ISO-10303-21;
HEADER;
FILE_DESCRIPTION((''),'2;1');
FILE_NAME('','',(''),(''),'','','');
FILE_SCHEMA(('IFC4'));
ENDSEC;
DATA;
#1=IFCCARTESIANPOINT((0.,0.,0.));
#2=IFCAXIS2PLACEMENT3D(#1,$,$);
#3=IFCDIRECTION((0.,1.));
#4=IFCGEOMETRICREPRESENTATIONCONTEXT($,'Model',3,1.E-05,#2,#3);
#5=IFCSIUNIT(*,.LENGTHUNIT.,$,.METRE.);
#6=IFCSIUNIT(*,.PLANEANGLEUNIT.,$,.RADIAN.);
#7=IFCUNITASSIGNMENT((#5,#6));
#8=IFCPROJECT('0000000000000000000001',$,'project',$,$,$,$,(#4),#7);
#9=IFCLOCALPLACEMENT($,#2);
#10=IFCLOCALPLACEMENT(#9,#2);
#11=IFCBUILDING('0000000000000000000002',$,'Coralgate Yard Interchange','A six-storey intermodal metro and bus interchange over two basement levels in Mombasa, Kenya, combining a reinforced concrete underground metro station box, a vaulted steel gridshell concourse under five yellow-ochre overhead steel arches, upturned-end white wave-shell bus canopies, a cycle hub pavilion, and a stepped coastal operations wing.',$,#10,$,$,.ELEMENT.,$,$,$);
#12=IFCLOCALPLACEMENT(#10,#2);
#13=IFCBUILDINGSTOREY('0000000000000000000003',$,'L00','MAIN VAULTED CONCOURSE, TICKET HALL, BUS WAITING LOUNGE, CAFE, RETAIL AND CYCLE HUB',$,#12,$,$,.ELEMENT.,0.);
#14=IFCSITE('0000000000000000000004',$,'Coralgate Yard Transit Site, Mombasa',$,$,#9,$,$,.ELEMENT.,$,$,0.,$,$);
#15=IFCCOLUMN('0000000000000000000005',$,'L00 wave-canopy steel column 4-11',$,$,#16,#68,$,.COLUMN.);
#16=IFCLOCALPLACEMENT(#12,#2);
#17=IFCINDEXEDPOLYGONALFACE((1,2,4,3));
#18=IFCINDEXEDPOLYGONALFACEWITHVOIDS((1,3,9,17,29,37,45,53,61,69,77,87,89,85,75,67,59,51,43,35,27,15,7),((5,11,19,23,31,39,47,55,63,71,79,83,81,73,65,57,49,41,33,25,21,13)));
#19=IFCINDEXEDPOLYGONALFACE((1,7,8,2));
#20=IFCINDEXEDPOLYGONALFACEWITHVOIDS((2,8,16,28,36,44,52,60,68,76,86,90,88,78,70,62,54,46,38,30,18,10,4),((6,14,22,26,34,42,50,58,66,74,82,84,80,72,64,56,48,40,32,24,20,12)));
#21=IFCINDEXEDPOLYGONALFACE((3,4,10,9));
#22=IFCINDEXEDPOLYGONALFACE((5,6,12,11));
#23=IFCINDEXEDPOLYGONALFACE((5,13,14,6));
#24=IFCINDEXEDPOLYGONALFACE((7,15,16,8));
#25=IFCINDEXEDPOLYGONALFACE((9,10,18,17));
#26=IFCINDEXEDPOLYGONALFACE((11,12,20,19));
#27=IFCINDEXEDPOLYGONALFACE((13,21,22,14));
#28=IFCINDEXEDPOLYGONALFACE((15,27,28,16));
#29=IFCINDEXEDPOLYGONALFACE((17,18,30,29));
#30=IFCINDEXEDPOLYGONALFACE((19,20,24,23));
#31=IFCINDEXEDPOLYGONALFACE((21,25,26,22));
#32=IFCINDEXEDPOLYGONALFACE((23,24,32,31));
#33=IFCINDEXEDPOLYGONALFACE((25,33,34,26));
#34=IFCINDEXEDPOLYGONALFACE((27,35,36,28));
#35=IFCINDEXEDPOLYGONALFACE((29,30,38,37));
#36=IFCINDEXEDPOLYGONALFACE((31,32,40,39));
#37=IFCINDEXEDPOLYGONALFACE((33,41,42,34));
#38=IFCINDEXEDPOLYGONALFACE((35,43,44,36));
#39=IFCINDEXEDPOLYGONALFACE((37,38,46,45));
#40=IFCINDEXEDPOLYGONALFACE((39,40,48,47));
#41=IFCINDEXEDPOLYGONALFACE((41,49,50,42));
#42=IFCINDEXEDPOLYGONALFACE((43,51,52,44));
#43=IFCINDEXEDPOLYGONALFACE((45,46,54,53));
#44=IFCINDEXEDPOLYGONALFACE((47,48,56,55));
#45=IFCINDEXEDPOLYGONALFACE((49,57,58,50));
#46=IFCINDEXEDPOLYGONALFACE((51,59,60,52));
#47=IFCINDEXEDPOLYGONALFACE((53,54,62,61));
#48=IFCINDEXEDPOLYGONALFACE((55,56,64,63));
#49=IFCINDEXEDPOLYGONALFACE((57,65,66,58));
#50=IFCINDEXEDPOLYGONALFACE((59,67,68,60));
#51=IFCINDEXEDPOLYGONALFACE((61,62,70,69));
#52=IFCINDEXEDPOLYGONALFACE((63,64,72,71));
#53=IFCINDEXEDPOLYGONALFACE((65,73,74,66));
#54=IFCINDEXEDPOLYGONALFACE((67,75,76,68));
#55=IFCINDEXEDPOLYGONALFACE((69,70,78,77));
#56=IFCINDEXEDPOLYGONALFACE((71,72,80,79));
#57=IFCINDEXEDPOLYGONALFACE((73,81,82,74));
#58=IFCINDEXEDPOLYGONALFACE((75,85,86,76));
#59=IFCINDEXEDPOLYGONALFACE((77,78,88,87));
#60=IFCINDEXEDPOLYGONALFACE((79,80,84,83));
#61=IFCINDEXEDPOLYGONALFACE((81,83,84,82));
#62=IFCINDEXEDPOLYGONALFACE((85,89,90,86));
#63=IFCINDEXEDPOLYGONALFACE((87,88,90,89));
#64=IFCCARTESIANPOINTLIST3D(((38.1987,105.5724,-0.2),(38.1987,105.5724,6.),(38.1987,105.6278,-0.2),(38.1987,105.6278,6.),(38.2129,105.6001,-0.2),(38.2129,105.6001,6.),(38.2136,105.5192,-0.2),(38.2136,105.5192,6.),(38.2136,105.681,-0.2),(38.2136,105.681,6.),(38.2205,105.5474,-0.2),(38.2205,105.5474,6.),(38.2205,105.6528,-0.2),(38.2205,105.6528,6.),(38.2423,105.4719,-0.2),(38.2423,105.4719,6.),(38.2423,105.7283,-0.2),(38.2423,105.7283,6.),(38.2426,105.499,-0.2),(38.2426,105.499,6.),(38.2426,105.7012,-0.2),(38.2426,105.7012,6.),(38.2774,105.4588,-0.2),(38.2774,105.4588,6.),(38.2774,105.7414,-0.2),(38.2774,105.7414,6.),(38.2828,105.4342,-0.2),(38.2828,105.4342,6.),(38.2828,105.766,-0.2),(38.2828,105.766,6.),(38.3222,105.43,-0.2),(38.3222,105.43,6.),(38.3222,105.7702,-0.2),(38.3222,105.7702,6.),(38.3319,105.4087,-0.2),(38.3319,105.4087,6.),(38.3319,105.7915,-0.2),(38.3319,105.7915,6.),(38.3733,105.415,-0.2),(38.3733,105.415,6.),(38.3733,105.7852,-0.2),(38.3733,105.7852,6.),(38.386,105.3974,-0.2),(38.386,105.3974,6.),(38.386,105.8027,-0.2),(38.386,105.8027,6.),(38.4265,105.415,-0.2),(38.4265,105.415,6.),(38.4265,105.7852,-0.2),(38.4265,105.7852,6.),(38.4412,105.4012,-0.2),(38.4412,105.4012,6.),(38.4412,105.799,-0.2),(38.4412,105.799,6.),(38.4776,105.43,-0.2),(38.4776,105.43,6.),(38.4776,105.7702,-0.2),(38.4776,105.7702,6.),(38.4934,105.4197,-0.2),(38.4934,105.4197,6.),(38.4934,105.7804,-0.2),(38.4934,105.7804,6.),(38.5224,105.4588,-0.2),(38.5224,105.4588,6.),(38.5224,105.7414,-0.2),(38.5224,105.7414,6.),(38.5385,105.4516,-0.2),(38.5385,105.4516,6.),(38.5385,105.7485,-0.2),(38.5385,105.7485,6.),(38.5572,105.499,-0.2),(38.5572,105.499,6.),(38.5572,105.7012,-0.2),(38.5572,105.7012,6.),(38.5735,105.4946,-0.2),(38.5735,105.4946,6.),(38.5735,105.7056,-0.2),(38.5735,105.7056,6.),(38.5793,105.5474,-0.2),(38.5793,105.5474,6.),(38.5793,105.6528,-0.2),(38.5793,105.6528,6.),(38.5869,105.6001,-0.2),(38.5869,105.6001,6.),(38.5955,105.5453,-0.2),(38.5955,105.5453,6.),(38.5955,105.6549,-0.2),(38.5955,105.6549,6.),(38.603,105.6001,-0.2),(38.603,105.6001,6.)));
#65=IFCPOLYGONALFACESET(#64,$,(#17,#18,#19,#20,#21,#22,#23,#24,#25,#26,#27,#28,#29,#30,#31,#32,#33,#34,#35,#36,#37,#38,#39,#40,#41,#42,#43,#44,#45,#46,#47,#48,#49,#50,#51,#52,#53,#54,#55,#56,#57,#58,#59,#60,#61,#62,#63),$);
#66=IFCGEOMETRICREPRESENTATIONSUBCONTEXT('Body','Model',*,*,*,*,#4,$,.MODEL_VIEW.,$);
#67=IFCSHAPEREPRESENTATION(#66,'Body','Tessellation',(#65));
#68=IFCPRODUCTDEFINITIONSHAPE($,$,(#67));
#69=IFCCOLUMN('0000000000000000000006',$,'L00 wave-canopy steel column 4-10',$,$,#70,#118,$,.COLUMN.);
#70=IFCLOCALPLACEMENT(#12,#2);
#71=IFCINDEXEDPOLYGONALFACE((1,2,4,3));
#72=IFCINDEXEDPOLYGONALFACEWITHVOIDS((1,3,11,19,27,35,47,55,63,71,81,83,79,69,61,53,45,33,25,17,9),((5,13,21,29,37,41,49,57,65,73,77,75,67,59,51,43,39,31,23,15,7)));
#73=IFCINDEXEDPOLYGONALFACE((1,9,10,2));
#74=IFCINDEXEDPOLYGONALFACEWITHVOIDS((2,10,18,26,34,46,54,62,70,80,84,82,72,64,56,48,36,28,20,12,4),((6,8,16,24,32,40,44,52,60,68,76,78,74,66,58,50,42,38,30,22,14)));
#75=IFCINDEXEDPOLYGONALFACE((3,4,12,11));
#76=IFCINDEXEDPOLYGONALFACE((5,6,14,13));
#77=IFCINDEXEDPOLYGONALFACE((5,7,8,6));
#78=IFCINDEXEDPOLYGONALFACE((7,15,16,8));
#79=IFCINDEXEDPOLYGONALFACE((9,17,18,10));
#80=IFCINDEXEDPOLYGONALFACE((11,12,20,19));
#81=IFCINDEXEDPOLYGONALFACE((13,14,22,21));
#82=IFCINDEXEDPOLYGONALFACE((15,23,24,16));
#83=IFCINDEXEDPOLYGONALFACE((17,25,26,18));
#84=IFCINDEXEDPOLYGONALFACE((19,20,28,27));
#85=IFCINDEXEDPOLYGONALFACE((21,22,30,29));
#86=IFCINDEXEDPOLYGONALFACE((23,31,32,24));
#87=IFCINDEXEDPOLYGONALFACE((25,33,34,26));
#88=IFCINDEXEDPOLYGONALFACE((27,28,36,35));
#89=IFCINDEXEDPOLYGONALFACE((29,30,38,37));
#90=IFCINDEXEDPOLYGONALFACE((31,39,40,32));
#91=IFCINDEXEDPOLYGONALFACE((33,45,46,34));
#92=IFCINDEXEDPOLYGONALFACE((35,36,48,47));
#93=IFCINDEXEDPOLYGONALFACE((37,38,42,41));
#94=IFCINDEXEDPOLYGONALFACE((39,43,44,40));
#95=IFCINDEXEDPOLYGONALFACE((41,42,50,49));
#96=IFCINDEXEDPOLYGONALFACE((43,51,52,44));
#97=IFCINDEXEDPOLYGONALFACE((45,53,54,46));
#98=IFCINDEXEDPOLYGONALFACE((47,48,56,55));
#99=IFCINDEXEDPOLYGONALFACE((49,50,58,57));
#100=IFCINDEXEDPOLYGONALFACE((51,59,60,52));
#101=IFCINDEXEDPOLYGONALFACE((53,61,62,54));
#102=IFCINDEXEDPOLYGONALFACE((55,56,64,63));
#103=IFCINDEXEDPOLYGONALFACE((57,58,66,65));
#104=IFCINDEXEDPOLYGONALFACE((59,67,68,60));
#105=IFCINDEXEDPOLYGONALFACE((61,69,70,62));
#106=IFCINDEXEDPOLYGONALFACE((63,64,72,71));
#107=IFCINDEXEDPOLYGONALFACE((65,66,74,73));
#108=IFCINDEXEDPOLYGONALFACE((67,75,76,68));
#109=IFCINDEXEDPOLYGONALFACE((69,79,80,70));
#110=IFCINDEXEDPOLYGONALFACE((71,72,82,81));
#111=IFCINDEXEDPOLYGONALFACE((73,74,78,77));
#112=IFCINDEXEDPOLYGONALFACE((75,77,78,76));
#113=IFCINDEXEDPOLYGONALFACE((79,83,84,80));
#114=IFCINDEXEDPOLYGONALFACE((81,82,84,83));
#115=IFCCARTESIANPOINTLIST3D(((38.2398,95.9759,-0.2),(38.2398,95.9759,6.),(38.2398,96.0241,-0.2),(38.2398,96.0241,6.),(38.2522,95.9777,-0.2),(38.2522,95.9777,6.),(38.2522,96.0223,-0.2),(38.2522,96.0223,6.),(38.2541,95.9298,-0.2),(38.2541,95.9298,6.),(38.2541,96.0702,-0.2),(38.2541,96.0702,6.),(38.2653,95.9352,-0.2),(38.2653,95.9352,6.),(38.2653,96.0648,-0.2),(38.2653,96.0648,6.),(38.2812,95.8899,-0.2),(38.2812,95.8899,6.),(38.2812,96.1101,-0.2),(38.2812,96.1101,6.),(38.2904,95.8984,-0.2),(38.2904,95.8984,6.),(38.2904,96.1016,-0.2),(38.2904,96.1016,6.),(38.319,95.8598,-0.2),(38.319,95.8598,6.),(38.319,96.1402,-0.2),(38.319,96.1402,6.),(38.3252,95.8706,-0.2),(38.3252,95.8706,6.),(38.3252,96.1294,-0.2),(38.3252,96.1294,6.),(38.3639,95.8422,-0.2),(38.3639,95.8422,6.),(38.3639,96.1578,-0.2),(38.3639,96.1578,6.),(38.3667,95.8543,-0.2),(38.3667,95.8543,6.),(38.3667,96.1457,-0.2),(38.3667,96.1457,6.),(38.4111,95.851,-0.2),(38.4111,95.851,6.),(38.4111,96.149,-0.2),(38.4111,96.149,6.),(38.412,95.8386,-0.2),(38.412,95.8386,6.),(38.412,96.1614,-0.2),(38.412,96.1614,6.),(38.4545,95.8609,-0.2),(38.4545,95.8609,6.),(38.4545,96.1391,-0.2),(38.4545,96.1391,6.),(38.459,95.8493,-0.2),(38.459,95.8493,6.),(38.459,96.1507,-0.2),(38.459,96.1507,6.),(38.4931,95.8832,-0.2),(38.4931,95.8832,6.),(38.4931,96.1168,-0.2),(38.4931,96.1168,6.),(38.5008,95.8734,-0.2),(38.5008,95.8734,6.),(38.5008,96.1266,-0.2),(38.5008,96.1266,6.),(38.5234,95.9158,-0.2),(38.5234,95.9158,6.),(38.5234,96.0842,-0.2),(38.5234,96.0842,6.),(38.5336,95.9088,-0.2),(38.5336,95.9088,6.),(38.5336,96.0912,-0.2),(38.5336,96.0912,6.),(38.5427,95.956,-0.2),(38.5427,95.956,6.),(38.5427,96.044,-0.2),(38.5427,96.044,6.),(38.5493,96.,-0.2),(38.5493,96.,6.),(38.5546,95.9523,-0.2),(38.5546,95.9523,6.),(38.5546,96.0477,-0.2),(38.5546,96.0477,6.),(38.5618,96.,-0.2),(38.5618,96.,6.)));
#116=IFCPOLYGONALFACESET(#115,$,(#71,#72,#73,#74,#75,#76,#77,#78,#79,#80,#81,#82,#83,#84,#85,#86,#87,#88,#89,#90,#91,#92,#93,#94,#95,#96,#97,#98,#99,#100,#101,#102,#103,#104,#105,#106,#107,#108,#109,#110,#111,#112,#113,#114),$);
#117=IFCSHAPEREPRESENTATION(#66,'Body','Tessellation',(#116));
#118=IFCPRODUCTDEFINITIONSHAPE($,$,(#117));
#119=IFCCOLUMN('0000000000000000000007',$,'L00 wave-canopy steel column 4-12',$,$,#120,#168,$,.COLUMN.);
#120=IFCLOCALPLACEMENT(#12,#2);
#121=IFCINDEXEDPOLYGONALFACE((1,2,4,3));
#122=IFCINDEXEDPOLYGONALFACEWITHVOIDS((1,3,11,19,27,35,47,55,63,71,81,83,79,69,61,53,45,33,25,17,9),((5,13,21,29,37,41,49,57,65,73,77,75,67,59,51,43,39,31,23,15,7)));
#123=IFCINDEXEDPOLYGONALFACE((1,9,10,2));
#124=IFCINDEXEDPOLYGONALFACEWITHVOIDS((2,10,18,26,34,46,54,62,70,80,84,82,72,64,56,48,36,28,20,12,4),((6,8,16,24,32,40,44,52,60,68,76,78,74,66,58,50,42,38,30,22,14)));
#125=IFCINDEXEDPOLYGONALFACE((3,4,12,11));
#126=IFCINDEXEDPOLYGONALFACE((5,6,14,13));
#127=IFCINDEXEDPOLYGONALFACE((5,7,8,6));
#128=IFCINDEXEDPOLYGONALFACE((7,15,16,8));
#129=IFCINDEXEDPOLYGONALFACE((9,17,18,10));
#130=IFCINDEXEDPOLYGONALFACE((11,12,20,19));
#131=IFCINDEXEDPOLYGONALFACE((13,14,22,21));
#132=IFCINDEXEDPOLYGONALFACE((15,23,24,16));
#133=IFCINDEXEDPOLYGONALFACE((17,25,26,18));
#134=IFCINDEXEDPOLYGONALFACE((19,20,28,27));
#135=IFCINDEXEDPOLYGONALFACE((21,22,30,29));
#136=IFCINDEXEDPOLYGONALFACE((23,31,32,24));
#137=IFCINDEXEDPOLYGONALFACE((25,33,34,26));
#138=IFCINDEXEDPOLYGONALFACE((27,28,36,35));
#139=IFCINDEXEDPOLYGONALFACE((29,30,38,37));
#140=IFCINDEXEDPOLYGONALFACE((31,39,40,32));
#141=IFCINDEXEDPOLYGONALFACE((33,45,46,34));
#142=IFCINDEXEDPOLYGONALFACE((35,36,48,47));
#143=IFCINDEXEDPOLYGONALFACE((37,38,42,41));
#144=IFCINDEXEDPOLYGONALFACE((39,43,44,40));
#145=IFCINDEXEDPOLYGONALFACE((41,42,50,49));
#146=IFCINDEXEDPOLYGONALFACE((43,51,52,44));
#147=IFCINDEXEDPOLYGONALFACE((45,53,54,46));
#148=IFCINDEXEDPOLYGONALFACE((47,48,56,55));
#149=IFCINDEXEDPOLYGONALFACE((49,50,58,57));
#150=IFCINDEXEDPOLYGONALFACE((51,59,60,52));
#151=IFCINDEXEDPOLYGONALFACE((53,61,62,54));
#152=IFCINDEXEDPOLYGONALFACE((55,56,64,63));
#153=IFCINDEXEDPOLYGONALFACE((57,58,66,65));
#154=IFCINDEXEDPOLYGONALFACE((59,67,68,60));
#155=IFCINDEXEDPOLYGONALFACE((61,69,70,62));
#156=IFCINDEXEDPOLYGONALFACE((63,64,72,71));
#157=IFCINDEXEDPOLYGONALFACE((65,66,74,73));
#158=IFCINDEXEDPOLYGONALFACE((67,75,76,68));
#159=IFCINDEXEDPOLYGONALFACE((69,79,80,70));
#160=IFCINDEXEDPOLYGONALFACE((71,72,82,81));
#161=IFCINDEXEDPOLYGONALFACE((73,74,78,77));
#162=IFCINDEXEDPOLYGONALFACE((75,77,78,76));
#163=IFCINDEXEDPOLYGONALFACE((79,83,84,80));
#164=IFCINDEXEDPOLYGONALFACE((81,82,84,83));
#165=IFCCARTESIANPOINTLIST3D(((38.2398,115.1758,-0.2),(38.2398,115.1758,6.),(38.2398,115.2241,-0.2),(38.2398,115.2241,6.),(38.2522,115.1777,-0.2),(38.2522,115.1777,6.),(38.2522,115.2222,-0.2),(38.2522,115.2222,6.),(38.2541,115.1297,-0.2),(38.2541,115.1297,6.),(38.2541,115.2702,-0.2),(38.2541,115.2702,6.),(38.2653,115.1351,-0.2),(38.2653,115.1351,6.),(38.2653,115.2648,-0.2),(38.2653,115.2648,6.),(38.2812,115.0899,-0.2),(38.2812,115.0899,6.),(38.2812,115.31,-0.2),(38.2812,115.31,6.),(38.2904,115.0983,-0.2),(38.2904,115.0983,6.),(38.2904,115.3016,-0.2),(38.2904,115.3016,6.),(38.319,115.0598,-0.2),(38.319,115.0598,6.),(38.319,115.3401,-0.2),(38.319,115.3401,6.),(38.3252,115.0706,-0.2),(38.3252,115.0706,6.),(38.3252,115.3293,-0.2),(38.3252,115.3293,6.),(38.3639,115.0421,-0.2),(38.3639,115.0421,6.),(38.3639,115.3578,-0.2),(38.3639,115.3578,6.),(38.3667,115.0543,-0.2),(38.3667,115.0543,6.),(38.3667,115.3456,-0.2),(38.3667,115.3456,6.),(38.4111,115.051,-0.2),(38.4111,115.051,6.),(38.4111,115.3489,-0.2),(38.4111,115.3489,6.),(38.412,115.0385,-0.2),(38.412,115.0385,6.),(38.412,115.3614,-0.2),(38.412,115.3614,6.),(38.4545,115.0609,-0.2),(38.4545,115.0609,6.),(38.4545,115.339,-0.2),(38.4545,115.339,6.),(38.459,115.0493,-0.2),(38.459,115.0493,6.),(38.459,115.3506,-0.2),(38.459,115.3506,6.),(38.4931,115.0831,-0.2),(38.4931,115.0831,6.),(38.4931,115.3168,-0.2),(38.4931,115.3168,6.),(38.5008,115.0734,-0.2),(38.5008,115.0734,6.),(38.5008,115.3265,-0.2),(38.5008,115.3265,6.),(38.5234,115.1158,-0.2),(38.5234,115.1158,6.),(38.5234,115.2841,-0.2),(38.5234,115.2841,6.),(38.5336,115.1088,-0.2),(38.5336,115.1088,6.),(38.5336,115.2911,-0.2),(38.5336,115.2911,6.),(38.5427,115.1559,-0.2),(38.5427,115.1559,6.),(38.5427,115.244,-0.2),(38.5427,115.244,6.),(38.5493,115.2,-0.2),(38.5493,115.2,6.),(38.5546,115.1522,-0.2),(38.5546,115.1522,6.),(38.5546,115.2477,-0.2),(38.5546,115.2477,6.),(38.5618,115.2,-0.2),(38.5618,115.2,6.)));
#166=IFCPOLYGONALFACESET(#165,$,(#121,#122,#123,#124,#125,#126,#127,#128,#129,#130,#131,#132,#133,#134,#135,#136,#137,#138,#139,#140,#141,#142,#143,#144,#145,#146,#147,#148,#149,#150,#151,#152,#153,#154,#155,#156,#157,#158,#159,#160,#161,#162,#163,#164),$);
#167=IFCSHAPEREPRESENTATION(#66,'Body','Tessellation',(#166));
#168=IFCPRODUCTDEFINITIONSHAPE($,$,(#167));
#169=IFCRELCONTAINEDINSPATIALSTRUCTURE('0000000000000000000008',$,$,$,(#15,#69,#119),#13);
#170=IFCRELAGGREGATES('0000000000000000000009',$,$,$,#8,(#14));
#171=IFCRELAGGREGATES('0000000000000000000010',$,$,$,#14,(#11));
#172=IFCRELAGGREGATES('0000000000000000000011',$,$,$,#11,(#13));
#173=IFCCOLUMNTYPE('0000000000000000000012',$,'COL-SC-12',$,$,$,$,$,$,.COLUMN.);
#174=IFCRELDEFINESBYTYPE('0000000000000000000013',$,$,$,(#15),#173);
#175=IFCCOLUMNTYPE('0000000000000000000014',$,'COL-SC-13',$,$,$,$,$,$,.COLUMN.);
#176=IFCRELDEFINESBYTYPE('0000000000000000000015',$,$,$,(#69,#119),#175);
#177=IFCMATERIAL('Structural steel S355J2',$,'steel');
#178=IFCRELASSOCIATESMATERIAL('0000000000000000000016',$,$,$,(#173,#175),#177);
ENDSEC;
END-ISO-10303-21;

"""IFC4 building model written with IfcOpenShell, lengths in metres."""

from ifc_helpers import new_model, si_unit, direction, frame, origin, origin_2d, place, context, subcontext, project, spatial, hollow_circle, extrude, material, material_profile, profile_set, type_object, element, save


model = new_model("IFC4")

# Units and contexts
model_context = context("Model", 3, precision=1e-05, world=origin(), true_north=direction((0.0, 1.0)))
body_context = subcontext(model_context, "Body", "Model", "MODEL_VIEW")
ifc_project = project(units=[si_unit("LENGTHUNIT", "METRE"), si_unit("PLANEANGLEUNIT", "RADIAN")], contexts=[model_context])

# Site, building, storey
site_placement = place(None, origin())
site = spatial("IfcSite", under=ifc_project, at=site_placement, Name="Coralgate Yard Transit Site, Mombasa", CompositionType="ELEMENT", RefElevation=0.0)
building_placement = place(site_placement, origin())
building = spatial("IfcBuilding", under=site, at=building_placement, Name="Coralgate Yard Interchange", Description="A six-storey intermodal metro and bus interchange over two basement levels in Mombasa, Kenya, combining a reinforced concrete underground metro station box, a vaulted steel gridshell concourse under five yellow-ochre overhead steel arches, upturned-end white wave-shell bus canopies, a cycle hub pavilion, and a stepped coastal operations wing.", CompositionType="ELEMENT")
storey_placement = place(building_placement, origin())
storey = spatial("IfcBuildingStorey", under=building, at=storey_placement, Name="L00", Description="MAIN VAULTED CONCOURSE, TICKET HALL, BUS WAITING LOUNGE, CAFE, RETAIL AND CYCLE HUB", CompositionType="ELEMENT", Elevation=0.0)

# Columns
ifc_material_1 = material(Name="Structural steel S355J2", Category="steel")
ifc_material_profile_1 = material_profile(ifc_material_1, hollow_circle(Radius=0.2031, WallThickness=0.0161, at=origin_2d()), Name="CHS 406.4x16")
ifc_profile_set_1 = profile_set([ifc_material_profile_1], Name="Structural steel S355J2")
column_type_1 = type_object("IfcColumnType", Name="COL-SC-12", PredefinedType="COLUMN", material=ifc_profile_set_1)
column_placement = place(storey_placement, frame((38.3999, 105.6001, -0.2), z_axis=(0.0, 0.0, 1.0), x_axis=(1.0, 0.0, 0.0)))
element("IfcColumn", 1, at=column_placement, inside=storey, type_object=column_type_1, Name="L00 wave-canopy steel column 4-11", PredefinedType="COLUMN", context=body_context, shape_type="SweptSolid", body=[
    extrude(hollow_circle(Radius=0.2031, WallThickness=0.0161, at=origin_2d()), origin(), (0.0, 0.0, 1.0), 6.2),
])
ifc_material_profile_2 = material_profile(ifc_material_1, hollow_circle(Radius=0.1619, WallThickness=0.0125, at=origin_2d()), Name="CHS 323.9x12.5")
ifc_profile_set_2 = profile_set([ifc_material_profile_2], Name="Structural steel S355J2")
column_type_2 = type_object("IfcColumnType", Name="COL-SC-13", PredefinedType="COLUMN", material=ifc_profile_set_2)
for number, where, z_axis, x_axis, name in (
    (2, (38.3999, 96.0, -0.2), (0.0, 0.0, 1.0), (1.0, 0.0, 0.0), "L00 wave-canopy steel column 4-10"),
    (3, (38.3999, 115.2, -0.2), (0.0, 0.0, 1.0), (1.0, 0.0, 0.0), "L00 wave-canopy steel column 4-12"),
):
    element("IfcColumn", number, at=place(storey_placement, frame(where, z_axis=z_axis, x_axis=x_axis)), inside=storey, type_object=column_type_2, Name=name, PredefinedType="COLUMN", context=body_context, shape_type="SweptSolid", body=[
        extrude(hollow_circle(Radius=0.1619, WallThickness=0.0125, at=origin_2d()), origin(), (0.0, 0.0, 1.0), 6.2),
    ])

save(model, "model.ifc")
